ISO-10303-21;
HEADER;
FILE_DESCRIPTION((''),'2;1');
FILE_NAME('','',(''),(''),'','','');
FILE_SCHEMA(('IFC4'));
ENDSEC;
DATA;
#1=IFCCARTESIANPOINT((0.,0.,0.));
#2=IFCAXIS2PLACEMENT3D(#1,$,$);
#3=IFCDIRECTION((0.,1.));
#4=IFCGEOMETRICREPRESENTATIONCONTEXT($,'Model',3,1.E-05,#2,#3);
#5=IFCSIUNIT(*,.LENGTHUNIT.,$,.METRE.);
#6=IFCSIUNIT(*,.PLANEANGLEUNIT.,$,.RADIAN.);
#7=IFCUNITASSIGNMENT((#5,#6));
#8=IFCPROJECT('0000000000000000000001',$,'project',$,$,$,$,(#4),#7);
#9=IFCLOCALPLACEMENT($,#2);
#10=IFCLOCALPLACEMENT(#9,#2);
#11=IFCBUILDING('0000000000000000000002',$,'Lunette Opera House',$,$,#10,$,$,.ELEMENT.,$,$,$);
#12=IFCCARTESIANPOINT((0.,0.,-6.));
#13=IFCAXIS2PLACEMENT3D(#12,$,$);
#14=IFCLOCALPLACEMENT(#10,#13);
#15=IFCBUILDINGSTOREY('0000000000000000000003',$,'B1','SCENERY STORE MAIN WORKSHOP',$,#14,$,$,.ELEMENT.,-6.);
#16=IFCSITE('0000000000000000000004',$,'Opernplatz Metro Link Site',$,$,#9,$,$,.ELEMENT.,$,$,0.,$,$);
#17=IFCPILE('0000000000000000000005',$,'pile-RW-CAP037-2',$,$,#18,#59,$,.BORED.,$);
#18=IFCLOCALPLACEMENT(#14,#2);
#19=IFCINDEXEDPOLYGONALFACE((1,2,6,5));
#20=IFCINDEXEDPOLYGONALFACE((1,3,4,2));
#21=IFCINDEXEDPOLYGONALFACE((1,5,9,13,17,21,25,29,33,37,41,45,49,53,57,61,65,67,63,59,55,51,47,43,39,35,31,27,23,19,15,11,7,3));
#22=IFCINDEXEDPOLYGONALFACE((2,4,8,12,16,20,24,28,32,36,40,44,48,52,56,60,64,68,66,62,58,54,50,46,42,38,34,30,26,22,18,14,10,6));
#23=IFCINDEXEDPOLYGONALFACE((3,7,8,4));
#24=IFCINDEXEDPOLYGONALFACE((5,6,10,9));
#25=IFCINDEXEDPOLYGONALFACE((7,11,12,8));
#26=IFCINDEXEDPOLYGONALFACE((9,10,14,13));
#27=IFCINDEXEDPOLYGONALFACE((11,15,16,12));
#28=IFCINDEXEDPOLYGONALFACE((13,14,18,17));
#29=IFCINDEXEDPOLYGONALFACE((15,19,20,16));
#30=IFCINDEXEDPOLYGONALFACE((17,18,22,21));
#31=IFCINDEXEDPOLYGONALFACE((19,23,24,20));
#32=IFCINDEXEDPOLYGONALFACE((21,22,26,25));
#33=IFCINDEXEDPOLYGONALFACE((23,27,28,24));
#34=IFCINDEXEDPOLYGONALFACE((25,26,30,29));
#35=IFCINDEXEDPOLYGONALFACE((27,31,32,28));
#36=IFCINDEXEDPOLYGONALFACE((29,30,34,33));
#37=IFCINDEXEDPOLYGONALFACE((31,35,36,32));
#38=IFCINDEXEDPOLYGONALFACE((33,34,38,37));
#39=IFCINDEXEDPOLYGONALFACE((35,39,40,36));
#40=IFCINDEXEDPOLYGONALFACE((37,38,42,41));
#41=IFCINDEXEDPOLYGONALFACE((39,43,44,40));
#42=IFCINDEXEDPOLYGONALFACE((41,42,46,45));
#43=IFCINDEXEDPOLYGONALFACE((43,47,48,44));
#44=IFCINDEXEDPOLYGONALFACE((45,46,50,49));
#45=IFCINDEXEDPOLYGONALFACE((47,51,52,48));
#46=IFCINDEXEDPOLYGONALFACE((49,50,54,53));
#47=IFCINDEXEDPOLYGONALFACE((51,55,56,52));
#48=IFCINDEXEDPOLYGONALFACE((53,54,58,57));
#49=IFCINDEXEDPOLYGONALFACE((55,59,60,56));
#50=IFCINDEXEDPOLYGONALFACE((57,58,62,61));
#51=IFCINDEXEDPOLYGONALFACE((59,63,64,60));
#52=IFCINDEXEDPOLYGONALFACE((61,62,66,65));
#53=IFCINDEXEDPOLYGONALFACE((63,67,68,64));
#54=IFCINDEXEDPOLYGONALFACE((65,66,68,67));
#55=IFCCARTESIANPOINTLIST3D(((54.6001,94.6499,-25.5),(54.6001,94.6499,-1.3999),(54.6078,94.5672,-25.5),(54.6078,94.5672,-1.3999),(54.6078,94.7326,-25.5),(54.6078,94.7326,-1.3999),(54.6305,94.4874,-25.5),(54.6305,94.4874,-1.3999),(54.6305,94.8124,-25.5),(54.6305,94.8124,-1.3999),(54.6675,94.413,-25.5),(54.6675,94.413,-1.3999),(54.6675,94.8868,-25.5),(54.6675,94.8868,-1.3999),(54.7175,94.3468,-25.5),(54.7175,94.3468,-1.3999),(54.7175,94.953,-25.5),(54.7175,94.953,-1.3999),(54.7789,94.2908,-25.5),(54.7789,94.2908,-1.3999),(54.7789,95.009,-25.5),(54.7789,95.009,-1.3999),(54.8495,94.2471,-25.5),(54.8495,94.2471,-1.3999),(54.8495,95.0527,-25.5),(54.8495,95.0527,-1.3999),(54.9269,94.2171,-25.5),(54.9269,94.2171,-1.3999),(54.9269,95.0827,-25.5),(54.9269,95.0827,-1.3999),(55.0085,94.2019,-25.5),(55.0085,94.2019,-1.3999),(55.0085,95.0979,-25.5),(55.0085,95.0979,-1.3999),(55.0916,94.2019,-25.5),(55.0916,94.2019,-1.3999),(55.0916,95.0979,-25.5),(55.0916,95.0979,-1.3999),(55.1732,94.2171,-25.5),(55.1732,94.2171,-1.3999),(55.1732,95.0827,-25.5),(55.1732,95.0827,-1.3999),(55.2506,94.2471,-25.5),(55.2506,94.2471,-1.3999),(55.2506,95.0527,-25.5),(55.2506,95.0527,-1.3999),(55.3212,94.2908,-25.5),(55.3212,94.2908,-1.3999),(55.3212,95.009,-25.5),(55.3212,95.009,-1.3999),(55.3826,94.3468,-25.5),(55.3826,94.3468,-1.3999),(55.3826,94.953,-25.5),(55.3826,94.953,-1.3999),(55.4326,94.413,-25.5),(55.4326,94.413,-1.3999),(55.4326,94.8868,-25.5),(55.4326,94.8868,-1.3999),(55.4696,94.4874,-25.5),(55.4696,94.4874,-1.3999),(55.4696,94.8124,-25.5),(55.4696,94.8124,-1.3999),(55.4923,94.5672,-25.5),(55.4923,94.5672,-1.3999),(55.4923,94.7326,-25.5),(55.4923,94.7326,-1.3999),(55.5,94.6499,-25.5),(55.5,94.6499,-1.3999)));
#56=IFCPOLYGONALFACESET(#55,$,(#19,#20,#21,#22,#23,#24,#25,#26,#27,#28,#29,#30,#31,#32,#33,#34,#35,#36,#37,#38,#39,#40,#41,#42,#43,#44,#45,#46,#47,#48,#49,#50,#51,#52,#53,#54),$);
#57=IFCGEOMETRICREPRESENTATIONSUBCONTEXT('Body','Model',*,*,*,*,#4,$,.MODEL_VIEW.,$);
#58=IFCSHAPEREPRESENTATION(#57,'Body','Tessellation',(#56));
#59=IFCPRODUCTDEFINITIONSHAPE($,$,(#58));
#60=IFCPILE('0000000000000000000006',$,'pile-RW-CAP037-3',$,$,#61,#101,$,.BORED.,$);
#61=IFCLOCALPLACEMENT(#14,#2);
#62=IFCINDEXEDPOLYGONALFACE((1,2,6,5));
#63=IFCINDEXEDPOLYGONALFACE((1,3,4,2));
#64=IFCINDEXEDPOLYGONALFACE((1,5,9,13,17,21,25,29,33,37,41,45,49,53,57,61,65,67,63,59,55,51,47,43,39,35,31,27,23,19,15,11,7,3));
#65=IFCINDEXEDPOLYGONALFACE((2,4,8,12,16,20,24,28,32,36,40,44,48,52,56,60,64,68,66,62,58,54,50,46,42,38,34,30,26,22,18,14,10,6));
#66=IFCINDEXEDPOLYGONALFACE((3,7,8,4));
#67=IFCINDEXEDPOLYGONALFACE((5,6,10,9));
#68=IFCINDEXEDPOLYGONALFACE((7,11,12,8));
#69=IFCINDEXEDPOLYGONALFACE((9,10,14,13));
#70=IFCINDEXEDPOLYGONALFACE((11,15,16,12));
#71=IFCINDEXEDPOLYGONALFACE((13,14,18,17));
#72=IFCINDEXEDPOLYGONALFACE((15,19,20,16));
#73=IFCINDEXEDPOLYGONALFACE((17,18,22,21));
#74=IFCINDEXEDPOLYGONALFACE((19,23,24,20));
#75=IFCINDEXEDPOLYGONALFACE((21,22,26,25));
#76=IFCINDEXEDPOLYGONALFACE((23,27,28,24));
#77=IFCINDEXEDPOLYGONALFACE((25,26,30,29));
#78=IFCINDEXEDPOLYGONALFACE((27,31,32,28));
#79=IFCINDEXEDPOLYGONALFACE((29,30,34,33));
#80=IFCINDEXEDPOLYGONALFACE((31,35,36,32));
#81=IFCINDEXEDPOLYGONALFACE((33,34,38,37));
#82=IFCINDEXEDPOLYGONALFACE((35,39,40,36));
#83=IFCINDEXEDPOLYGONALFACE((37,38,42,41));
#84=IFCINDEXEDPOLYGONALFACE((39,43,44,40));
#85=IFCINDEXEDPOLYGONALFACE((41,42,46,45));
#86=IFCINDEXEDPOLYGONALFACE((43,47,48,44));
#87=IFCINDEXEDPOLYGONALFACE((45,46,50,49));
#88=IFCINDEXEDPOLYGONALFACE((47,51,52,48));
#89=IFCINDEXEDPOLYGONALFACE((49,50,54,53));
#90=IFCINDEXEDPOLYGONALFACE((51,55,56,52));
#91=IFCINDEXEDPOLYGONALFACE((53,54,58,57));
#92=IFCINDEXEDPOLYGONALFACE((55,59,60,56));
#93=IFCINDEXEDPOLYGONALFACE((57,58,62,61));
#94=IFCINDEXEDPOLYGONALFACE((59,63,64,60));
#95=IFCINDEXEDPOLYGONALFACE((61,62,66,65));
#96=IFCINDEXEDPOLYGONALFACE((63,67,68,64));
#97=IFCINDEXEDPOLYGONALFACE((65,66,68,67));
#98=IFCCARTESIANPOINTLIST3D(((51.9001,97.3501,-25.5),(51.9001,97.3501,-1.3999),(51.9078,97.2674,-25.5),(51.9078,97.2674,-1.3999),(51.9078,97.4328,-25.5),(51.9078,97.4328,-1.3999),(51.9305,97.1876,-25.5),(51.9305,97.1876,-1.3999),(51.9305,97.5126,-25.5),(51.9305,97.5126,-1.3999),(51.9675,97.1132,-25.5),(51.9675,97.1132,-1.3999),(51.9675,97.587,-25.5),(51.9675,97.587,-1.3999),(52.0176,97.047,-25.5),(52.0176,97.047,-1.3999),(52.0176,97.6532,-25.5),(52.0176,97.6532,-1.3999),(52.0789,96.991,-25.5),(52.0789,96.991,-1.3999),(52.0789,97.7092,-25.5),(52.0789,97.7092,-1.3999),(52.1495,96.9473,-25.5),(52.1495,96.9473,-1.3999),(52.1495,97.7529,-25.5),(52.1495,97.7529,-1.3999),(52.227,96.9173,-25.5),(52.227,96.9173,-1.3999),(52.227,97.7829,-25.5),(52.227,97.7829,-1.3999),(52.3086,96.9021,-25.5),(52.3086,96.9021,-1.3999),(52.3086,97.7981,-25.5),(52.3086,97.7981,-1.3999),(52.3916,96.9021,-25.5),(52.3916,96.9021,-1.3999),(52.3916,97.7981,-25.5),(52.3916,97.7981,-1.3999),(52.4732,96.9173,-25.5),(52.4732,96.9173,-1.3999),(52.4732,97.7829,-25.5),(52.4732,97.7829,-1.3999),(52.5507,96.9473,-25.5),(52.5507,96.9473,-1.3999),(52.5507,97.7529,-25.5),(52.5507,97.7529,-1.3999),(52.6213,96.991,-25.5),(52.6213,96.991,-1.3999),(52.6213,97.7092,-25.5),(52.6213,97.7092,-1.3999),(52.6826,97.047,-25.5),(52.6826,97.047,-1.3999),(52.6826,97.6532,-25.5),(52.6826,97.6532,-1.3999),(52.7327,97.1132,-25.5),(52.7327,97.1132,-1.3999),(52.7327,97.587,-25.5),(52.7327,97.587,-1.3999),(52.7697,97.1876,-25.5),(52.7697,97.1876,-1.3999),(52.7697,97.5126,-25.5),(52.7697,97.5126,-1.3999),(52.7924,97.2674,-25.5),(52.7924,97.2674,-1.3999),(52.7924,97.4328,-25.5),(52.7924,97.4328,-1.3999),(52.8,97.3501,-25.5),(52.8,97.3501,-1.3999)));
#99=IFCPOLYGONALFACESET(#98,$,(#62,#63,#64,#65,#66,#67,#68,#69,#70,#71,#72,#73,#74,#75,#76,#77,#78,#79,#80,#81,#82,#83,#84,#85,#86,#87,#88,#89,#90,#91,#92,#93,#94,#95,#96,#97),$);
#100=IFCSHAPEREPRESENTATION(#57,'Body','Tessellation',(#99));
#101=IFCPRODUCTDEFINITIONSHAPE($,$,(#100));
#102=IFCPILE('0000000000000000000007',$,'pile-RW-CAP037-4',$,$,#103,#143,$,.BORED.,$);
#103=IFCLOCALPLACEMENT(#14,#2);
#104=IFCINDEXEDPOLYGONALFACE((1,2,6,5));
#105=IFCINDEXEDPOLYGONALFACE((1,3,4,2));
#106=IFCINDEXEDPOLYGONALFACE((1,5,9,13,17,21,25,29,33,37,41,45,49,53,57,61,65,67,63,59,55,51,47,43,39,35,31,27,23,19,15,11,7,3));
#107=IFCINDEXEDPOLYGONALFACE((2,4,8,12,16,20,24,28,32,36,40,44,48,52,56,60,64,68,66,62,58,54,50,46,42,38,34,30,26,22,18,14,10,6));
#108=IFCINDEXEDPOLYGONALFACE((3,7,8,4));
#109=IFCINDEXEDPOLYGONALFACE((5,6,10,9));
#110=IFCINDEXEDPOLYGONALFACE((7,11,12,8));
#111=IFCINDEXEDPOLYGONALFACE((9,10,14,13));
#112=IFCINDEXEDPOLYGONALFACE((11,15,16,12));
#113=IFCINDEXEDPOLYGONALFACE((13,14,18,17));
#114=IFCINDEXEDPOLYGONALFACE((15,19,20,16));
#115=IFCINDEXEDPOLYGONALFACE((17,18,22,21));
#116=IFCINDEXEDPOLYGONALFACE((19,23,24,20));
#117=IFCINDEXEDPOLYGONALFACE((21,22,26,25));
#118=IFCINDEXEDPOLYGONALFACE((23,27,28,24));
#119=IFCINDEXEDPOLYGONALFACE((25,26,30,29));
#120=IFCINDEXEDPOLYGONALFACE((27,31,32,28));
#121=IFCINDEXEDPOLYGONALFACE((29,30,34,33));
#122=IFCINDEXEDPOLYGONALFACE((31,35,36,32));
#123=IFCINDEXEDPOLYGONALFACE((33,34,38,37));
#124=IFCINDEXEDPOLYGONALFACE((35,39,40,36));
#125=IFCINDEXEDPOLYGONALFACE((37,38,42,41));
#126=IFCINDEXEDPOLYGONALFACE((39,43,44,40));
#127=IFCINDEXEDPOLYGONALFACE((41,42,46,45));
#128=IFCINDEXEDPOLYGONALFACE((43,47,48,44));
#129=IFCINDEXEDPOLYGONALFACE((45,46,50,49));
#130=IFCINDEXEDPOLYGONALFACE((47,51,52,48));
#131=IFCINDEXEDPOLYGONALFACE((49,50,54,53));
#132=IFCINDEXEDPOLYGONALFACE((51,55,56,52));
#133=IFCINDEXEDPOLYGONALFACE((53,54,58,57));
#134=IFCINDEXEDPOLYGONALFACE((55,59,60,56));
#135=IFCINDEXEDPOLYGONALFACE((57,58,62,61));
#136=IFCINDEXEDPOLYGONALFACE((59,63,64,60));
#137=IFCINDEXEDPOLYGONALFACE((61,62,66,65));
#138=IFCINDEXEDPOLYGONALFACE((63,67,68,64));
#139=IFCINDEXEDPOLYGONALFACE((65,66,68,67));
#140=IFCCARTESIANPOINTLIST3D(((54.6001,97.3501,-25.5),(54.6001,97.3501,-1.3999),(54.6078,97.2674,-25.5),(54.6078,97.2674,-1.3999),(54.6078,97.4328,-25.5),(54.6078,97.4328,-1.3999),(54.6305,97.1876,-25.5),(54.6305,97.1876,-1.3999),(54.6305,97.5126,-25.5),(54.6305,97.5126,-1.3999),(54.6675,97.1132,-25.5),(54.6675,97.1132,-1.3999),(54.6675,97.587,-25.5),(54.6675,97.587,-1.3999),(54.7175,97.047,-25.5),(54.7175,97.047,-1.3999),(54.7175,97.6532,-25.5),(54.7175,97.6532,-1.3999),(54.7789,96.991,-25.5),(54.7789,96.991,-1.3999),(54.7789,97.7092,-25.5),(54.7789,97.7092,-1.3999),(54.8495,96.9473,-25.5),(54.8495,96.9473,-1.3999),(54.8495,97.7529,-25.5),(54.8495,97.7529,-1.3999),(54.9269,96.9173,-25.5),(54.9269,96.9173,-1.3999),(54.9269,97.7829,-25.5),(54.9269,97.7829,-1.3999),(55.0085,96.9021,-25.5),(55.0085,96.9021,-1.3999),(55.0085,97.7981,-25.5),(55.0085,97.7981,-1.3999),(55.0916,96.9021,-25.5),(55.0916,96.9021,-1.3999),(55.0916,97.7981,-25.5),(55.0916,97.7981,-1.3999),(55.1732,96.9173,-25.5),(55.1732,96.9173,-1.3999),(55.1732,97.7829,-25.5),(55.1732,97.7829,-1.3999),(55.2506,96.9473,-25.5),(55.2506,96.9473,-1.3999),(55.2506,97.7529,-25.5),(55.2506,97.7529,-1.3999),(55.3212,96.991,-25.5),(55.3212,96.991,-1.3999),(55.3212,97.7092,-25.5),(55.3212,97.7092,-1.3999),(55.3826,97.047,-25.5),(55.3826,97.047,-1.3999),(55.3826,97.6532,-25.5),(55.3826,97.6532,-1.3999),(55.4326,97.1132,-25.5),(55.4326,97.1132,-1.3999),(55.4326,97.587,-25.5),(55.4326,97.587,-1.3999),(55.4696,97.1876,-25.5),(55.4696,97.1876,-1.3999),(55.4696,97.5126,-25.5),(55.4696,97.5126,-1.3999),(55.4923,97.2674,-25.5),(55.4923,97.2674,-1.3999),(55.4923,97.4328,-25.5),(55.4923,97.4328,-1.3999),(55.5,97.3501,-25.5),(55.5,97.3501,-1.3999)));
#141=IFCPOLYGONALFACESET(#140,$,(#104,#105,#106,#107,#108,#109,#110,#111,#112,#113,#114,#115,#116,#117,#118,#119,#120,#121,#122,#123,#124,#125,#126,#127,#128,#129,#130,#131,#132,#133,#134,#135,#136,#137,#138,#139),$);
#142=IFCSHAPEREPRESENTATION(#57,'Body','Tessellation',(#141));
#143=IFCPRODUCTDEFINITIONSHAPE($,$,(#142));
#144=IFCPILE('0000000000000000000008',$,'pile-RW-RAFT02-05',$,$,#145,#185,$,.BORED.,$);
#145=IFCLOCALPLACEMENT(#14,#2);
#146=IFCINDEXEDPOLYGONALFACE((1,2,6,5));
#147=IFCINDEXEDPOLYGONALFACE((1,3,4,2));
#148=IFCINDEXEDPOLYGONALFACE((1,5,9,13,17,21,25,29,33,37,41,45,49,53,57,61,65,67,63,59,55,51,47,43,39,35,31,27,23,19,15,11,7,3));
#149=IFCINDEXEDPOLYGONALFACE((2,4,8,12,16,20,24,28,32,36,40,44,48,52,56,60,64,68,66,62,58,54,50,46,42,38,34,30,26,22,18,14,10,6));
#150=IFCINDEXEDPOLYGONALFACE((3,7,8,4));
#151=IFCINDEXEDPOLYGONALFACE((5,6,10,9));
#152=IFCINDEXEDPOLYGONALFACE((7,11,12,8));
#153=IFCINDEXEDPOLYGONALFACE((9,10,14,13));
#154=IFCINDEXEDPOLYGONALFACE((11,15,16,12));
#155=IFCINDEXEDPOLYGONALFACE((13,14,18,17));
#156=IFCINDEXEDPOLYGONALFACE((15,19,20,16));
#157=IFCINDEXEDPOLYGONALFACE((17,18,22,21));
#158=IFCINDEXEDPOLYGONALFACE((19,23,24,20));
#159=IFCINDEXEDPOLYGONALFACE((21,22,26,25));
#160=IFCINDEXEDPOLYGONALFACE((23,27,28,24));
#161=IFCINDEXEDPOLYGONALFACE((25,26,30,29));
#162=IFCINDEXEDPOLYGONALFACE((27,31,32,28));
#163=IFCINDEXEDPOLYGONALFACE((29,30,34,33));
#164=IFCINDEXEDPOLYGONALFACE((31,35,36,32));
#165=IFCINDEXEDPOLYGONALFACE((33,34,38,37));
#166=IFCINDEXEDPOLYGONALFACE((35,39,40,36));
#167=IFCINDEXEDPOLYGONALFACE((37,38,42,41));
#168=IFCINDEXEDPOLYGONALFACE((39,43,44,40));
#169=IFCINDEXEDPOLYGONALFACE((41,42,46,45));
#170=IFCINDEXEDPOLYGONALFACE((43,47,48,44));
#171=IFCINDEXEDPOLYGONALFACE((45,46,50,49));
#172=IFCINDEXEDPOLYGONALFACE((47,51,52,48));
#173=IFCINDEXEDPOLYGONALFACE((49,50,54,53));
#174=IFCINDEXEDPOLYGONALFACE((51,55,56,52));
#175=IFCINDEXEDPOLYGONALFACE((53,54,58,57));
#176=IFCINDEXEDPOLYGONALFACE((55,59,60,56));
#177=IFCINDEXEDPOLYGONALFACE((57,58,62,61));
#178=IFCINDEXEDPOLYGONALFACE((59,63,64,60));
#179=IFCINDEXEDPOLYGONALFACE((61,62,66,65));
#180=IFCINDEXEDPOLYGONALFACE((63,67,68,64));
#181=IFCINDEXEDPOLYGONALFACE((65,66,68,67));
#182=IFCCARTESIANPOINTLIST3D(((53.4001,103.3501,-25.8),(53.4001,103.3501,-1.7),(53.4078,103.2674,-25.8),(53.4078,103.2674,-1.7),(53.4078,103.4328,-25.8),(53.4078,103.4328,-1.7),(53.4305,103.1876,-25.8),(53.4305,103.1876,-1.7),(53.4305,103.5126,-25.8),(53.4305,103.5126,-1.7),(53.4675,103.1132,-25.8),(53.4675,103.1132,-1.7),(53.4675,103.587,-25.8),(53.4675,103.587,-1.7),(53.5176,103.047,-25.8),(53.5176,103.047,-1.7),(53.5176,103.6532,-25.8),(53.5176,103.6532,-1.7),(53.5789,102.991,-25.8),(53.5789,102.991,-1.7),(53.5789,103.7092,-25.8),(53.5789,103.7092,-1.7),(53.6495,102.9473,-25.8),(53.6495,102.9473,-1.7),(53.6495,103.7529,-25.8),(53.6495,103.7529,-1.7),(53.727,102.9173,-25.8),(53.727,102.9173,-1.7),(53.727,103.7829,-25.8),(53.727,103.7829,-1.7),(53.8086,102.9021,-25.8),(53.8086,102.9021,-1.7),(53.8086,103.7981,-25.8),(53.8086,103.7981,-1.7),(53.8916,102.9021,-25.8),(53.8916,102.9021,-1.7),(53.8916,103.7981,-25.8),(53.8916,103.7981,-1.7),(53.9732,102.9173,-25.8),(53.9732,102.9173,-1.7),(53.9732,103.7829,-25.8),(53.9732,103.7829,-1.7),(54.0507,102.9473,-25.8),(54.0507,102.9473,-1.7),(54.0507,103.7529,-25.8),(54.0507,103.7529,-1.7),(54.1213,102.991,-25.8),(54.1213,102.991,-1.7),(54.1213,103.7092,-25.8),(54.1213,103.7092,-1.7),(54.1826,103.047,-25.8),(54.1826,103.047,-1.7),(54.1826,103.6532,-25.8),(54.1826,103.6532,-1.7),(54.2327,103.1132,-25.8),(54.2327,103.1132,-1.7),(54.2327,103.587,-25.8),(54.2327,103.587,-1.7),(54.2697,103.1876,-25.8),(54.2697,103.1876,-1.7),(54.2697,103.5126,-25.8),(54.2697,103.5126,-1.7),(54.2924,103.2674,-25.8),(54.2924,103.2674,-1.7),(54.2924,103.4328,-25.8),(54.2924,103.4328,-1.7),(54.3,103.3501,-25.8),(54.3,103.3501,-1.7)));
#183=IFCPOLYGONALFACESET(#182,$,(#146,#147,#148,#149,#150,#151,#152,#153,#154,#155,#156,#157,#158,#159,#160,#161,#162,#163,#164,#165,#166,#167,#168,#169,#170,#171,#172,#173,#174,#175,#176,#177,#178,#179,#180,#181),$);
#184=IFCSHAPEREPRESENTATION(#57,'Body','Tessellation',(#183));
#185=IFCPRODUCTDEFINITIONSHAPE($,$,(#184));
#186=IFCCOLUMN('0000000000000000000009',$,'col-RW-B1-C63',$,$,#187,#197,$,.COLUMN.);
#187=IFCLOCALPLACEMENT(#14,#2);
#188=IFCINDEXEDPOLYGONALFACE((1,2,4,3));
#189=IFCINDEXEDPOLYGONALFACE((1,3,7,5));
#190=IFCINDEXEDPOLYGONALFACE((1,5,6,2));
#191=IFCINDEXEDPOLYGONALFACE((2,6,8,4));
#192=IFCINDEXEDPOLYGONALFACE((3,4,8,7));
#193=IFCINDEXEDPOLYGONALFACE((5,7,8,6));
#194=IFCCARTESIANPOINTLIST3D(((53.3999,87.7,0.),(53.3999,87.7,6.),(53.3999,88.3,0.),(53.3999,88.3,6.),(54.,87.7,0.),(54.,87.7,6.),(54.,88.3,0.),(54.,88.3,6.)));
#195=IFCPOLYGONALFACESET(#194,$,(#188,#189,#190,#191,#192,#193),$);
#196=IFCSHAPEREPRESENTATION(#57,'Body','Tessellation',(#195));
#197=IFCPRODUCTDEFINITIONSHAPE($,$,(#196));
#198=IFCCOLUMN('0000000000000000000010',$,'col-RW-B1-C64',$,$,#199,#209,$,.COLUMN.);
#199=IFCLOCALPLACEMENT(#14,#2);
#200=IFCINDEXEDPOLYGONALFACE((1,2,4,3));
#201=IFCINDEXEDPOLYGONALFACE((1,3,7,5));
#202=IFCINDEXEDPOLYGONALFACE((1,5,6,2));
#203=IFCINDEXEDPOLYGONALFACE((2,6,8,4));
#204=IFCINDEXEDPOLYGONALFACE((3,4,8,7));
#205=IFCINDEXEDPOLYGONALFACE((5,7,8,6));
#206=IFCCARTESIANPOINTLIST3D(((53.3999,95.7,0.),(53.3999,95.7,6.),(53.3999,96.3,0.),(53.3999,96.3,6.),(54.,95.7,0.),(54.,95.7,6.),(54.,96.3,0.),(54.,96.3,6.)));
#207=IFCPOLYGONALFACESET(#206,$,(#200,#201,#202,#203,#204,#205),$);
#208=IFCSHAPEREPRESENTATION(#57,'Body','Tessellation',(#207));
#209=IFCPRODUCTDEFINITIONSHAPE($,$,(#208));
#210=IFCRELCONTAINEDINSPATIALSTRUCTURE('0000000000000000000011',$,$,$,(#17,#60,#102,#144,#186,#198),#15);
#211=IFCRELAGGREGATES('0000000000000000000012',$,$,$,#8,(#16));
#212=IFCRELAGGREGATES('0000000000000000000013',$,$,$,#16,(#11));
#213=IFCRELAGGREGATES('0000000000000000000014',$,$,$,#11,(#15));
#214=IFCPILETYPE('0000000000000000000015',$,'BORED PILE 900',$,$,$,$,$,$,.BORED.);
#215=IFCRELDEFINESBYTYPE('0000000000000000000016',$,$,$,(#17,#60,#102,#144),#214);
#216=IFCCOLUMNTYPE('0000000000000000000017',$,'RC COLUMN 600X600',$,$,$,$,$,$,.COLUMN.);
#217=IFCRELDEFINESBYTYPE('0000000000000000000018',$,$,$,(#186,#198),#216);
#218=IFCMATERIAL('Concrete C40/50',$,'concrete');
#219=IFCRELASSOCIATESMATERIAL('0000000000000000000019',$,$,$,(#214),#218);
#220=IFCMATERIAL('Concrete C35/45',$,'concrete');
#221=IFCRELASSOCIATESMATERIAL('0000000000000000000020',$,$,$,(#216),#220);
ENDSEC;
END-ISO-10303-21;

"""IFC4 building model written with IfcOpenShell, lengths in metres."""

from ifc_helpers import new_model, si_unit, direction, frame, origin, origin_2d, place, context, subcontext, project, spatial, rectangle, circle, extrude, material, material_profile, profile_set, type_object, element, save


model = new_model("IFC4")

# Units and contexts
model_context = context("Model", 3, precision=1e-05, world=origin(), true_north=direction((0.0, 1.0)))
body_context = subcontext(model_context, "Body", "Model", "MODEL_VIEW")
ifc_project = project(units=[si_unit("LENGTHUNIT", "METRE"), si_unit("PLANEANGLEUNIT", "RADIAN")], contexts=[model_context])

# Site, building, storey
site_placement = place(None, origin())
site = spatial("IfcSite", under=ifc_project, at=site_placement, Name="Opernplatz Metro Link Site", CompositionType="ELEMENT", RefElevation=0.0)
building_placement = place(site_placement, origin())
building = spatial("IfcBuilding", under=site, at=building_placement, Name="Lunette Opera House", CompositionType="ELEMENT")
storey_placement = place(building_placement, frame((0.0, 0.0, -6.0)))
storey = spatial("IfcBuildingStorey", under=building, at=storey_placement, Name="B1", Description="SCENERY STORE MAIN WORKSHOP", CompositionType="ELEMENT", Elevation=-6.0)

# Piles
ifc_material_1 = material(Name="Concrete C40/50", Category="concrete")
ifc_material_profile_1 = material_profile(ifc_material_1, circle(Radius=0.45, at=origin_2d()), Name="BORED PILE 900")
ifc_profile_set_1 = profile_set([ifc_material_profile_1], Name="Concrete C40/50")
pile_type_1 = type_object("IfcPileType", Name="BORED PILE 900", PredefinedType="BORED", material=ifc_profile_set_1)
for number, where, z_axis, x_axis, name in (
    (1, (55.05, 94.6499, -1.3999), (0.0, 0.0, -1.0), (1.0, 0.0, 0.0), "pile-RW-CAP037-2"),
    (2, (52.3501, 97.3501, -1.3999), (0.0, 0.0, -1.0), (1.0, 0.0, 0.0), "pile-RW-CAP037-3"),
    (3, (55.05, 97.3501, -1.3999), (0.0, 0.0, -1.0), (1.0, 0.0, 0.0), "pile-RW-CAP037-4"),
    (4, (53.8501, 103.3501, -1.7), (0.0, 0.0, -1.0), (1.0, 0.0, 0.0), "pile-RW-RAFT02-05"),
):
    element("IfcPile", number, at=place(storey_placement, frame(where, z_axis=z_axis, x_axis=x_axis)), inside=storey, type_object=pile_type_1, Name=name, PredefinedType="BORED", context=body_context, shape_type="SweptSolid", body=[
        extrude(circle(Radius=0.45, at=origin_2d()), origin(), (0.0, 0.0, 1.0), 24.1001),
    ])

# Columns
ifc_material_2 = material(Name="Concrete C35/45", Category="concrete")
ifc_material_profile_2 = material_profile(ifc_material_2, rectangle(XDim=0.6001, YDim=0.6001, at=origin_2d()), Name="RC COLUMN 600X600")
ifc_profile_set_2 = profile_set([ifc_material_profile_2], Name="Concrete C35/45")
column_type = type_object("IfcColumnType", Name="RC COLUMN 600X600", PredefinedType="COLUMN", material=ifc_profile_set_2)
for number, where, z_axis, x_axis, name in (
    (5, (53.7, 88.0, 0.0), (0.0, 0.0, 1.0), (1.0, 0.0, 0.0), "col-RW-B1-C63"),
    (6, (53.7, 96.0, 0.0), (0.0, 0.0, 1.0), (1.0, 0.0, 0.0), "col-RW-B1-C64"),
):
    element("IfcColumn", number, at=place(storey_placement, frame(where, z_axis=z_axis, x_axis=x_axis)), inside=storey, type_object=column_type, Name=name, PredefinedType="COLUMN", context=body_context, shape_type="SweptSolid", body=[
        extrude(rectangle(XDim=0.6001, YDim=0.6001, at=origin_2d()), origin(), (0.0, 0.0, 1.0), 6.0),
    ])

save(model, "model.ifc")
